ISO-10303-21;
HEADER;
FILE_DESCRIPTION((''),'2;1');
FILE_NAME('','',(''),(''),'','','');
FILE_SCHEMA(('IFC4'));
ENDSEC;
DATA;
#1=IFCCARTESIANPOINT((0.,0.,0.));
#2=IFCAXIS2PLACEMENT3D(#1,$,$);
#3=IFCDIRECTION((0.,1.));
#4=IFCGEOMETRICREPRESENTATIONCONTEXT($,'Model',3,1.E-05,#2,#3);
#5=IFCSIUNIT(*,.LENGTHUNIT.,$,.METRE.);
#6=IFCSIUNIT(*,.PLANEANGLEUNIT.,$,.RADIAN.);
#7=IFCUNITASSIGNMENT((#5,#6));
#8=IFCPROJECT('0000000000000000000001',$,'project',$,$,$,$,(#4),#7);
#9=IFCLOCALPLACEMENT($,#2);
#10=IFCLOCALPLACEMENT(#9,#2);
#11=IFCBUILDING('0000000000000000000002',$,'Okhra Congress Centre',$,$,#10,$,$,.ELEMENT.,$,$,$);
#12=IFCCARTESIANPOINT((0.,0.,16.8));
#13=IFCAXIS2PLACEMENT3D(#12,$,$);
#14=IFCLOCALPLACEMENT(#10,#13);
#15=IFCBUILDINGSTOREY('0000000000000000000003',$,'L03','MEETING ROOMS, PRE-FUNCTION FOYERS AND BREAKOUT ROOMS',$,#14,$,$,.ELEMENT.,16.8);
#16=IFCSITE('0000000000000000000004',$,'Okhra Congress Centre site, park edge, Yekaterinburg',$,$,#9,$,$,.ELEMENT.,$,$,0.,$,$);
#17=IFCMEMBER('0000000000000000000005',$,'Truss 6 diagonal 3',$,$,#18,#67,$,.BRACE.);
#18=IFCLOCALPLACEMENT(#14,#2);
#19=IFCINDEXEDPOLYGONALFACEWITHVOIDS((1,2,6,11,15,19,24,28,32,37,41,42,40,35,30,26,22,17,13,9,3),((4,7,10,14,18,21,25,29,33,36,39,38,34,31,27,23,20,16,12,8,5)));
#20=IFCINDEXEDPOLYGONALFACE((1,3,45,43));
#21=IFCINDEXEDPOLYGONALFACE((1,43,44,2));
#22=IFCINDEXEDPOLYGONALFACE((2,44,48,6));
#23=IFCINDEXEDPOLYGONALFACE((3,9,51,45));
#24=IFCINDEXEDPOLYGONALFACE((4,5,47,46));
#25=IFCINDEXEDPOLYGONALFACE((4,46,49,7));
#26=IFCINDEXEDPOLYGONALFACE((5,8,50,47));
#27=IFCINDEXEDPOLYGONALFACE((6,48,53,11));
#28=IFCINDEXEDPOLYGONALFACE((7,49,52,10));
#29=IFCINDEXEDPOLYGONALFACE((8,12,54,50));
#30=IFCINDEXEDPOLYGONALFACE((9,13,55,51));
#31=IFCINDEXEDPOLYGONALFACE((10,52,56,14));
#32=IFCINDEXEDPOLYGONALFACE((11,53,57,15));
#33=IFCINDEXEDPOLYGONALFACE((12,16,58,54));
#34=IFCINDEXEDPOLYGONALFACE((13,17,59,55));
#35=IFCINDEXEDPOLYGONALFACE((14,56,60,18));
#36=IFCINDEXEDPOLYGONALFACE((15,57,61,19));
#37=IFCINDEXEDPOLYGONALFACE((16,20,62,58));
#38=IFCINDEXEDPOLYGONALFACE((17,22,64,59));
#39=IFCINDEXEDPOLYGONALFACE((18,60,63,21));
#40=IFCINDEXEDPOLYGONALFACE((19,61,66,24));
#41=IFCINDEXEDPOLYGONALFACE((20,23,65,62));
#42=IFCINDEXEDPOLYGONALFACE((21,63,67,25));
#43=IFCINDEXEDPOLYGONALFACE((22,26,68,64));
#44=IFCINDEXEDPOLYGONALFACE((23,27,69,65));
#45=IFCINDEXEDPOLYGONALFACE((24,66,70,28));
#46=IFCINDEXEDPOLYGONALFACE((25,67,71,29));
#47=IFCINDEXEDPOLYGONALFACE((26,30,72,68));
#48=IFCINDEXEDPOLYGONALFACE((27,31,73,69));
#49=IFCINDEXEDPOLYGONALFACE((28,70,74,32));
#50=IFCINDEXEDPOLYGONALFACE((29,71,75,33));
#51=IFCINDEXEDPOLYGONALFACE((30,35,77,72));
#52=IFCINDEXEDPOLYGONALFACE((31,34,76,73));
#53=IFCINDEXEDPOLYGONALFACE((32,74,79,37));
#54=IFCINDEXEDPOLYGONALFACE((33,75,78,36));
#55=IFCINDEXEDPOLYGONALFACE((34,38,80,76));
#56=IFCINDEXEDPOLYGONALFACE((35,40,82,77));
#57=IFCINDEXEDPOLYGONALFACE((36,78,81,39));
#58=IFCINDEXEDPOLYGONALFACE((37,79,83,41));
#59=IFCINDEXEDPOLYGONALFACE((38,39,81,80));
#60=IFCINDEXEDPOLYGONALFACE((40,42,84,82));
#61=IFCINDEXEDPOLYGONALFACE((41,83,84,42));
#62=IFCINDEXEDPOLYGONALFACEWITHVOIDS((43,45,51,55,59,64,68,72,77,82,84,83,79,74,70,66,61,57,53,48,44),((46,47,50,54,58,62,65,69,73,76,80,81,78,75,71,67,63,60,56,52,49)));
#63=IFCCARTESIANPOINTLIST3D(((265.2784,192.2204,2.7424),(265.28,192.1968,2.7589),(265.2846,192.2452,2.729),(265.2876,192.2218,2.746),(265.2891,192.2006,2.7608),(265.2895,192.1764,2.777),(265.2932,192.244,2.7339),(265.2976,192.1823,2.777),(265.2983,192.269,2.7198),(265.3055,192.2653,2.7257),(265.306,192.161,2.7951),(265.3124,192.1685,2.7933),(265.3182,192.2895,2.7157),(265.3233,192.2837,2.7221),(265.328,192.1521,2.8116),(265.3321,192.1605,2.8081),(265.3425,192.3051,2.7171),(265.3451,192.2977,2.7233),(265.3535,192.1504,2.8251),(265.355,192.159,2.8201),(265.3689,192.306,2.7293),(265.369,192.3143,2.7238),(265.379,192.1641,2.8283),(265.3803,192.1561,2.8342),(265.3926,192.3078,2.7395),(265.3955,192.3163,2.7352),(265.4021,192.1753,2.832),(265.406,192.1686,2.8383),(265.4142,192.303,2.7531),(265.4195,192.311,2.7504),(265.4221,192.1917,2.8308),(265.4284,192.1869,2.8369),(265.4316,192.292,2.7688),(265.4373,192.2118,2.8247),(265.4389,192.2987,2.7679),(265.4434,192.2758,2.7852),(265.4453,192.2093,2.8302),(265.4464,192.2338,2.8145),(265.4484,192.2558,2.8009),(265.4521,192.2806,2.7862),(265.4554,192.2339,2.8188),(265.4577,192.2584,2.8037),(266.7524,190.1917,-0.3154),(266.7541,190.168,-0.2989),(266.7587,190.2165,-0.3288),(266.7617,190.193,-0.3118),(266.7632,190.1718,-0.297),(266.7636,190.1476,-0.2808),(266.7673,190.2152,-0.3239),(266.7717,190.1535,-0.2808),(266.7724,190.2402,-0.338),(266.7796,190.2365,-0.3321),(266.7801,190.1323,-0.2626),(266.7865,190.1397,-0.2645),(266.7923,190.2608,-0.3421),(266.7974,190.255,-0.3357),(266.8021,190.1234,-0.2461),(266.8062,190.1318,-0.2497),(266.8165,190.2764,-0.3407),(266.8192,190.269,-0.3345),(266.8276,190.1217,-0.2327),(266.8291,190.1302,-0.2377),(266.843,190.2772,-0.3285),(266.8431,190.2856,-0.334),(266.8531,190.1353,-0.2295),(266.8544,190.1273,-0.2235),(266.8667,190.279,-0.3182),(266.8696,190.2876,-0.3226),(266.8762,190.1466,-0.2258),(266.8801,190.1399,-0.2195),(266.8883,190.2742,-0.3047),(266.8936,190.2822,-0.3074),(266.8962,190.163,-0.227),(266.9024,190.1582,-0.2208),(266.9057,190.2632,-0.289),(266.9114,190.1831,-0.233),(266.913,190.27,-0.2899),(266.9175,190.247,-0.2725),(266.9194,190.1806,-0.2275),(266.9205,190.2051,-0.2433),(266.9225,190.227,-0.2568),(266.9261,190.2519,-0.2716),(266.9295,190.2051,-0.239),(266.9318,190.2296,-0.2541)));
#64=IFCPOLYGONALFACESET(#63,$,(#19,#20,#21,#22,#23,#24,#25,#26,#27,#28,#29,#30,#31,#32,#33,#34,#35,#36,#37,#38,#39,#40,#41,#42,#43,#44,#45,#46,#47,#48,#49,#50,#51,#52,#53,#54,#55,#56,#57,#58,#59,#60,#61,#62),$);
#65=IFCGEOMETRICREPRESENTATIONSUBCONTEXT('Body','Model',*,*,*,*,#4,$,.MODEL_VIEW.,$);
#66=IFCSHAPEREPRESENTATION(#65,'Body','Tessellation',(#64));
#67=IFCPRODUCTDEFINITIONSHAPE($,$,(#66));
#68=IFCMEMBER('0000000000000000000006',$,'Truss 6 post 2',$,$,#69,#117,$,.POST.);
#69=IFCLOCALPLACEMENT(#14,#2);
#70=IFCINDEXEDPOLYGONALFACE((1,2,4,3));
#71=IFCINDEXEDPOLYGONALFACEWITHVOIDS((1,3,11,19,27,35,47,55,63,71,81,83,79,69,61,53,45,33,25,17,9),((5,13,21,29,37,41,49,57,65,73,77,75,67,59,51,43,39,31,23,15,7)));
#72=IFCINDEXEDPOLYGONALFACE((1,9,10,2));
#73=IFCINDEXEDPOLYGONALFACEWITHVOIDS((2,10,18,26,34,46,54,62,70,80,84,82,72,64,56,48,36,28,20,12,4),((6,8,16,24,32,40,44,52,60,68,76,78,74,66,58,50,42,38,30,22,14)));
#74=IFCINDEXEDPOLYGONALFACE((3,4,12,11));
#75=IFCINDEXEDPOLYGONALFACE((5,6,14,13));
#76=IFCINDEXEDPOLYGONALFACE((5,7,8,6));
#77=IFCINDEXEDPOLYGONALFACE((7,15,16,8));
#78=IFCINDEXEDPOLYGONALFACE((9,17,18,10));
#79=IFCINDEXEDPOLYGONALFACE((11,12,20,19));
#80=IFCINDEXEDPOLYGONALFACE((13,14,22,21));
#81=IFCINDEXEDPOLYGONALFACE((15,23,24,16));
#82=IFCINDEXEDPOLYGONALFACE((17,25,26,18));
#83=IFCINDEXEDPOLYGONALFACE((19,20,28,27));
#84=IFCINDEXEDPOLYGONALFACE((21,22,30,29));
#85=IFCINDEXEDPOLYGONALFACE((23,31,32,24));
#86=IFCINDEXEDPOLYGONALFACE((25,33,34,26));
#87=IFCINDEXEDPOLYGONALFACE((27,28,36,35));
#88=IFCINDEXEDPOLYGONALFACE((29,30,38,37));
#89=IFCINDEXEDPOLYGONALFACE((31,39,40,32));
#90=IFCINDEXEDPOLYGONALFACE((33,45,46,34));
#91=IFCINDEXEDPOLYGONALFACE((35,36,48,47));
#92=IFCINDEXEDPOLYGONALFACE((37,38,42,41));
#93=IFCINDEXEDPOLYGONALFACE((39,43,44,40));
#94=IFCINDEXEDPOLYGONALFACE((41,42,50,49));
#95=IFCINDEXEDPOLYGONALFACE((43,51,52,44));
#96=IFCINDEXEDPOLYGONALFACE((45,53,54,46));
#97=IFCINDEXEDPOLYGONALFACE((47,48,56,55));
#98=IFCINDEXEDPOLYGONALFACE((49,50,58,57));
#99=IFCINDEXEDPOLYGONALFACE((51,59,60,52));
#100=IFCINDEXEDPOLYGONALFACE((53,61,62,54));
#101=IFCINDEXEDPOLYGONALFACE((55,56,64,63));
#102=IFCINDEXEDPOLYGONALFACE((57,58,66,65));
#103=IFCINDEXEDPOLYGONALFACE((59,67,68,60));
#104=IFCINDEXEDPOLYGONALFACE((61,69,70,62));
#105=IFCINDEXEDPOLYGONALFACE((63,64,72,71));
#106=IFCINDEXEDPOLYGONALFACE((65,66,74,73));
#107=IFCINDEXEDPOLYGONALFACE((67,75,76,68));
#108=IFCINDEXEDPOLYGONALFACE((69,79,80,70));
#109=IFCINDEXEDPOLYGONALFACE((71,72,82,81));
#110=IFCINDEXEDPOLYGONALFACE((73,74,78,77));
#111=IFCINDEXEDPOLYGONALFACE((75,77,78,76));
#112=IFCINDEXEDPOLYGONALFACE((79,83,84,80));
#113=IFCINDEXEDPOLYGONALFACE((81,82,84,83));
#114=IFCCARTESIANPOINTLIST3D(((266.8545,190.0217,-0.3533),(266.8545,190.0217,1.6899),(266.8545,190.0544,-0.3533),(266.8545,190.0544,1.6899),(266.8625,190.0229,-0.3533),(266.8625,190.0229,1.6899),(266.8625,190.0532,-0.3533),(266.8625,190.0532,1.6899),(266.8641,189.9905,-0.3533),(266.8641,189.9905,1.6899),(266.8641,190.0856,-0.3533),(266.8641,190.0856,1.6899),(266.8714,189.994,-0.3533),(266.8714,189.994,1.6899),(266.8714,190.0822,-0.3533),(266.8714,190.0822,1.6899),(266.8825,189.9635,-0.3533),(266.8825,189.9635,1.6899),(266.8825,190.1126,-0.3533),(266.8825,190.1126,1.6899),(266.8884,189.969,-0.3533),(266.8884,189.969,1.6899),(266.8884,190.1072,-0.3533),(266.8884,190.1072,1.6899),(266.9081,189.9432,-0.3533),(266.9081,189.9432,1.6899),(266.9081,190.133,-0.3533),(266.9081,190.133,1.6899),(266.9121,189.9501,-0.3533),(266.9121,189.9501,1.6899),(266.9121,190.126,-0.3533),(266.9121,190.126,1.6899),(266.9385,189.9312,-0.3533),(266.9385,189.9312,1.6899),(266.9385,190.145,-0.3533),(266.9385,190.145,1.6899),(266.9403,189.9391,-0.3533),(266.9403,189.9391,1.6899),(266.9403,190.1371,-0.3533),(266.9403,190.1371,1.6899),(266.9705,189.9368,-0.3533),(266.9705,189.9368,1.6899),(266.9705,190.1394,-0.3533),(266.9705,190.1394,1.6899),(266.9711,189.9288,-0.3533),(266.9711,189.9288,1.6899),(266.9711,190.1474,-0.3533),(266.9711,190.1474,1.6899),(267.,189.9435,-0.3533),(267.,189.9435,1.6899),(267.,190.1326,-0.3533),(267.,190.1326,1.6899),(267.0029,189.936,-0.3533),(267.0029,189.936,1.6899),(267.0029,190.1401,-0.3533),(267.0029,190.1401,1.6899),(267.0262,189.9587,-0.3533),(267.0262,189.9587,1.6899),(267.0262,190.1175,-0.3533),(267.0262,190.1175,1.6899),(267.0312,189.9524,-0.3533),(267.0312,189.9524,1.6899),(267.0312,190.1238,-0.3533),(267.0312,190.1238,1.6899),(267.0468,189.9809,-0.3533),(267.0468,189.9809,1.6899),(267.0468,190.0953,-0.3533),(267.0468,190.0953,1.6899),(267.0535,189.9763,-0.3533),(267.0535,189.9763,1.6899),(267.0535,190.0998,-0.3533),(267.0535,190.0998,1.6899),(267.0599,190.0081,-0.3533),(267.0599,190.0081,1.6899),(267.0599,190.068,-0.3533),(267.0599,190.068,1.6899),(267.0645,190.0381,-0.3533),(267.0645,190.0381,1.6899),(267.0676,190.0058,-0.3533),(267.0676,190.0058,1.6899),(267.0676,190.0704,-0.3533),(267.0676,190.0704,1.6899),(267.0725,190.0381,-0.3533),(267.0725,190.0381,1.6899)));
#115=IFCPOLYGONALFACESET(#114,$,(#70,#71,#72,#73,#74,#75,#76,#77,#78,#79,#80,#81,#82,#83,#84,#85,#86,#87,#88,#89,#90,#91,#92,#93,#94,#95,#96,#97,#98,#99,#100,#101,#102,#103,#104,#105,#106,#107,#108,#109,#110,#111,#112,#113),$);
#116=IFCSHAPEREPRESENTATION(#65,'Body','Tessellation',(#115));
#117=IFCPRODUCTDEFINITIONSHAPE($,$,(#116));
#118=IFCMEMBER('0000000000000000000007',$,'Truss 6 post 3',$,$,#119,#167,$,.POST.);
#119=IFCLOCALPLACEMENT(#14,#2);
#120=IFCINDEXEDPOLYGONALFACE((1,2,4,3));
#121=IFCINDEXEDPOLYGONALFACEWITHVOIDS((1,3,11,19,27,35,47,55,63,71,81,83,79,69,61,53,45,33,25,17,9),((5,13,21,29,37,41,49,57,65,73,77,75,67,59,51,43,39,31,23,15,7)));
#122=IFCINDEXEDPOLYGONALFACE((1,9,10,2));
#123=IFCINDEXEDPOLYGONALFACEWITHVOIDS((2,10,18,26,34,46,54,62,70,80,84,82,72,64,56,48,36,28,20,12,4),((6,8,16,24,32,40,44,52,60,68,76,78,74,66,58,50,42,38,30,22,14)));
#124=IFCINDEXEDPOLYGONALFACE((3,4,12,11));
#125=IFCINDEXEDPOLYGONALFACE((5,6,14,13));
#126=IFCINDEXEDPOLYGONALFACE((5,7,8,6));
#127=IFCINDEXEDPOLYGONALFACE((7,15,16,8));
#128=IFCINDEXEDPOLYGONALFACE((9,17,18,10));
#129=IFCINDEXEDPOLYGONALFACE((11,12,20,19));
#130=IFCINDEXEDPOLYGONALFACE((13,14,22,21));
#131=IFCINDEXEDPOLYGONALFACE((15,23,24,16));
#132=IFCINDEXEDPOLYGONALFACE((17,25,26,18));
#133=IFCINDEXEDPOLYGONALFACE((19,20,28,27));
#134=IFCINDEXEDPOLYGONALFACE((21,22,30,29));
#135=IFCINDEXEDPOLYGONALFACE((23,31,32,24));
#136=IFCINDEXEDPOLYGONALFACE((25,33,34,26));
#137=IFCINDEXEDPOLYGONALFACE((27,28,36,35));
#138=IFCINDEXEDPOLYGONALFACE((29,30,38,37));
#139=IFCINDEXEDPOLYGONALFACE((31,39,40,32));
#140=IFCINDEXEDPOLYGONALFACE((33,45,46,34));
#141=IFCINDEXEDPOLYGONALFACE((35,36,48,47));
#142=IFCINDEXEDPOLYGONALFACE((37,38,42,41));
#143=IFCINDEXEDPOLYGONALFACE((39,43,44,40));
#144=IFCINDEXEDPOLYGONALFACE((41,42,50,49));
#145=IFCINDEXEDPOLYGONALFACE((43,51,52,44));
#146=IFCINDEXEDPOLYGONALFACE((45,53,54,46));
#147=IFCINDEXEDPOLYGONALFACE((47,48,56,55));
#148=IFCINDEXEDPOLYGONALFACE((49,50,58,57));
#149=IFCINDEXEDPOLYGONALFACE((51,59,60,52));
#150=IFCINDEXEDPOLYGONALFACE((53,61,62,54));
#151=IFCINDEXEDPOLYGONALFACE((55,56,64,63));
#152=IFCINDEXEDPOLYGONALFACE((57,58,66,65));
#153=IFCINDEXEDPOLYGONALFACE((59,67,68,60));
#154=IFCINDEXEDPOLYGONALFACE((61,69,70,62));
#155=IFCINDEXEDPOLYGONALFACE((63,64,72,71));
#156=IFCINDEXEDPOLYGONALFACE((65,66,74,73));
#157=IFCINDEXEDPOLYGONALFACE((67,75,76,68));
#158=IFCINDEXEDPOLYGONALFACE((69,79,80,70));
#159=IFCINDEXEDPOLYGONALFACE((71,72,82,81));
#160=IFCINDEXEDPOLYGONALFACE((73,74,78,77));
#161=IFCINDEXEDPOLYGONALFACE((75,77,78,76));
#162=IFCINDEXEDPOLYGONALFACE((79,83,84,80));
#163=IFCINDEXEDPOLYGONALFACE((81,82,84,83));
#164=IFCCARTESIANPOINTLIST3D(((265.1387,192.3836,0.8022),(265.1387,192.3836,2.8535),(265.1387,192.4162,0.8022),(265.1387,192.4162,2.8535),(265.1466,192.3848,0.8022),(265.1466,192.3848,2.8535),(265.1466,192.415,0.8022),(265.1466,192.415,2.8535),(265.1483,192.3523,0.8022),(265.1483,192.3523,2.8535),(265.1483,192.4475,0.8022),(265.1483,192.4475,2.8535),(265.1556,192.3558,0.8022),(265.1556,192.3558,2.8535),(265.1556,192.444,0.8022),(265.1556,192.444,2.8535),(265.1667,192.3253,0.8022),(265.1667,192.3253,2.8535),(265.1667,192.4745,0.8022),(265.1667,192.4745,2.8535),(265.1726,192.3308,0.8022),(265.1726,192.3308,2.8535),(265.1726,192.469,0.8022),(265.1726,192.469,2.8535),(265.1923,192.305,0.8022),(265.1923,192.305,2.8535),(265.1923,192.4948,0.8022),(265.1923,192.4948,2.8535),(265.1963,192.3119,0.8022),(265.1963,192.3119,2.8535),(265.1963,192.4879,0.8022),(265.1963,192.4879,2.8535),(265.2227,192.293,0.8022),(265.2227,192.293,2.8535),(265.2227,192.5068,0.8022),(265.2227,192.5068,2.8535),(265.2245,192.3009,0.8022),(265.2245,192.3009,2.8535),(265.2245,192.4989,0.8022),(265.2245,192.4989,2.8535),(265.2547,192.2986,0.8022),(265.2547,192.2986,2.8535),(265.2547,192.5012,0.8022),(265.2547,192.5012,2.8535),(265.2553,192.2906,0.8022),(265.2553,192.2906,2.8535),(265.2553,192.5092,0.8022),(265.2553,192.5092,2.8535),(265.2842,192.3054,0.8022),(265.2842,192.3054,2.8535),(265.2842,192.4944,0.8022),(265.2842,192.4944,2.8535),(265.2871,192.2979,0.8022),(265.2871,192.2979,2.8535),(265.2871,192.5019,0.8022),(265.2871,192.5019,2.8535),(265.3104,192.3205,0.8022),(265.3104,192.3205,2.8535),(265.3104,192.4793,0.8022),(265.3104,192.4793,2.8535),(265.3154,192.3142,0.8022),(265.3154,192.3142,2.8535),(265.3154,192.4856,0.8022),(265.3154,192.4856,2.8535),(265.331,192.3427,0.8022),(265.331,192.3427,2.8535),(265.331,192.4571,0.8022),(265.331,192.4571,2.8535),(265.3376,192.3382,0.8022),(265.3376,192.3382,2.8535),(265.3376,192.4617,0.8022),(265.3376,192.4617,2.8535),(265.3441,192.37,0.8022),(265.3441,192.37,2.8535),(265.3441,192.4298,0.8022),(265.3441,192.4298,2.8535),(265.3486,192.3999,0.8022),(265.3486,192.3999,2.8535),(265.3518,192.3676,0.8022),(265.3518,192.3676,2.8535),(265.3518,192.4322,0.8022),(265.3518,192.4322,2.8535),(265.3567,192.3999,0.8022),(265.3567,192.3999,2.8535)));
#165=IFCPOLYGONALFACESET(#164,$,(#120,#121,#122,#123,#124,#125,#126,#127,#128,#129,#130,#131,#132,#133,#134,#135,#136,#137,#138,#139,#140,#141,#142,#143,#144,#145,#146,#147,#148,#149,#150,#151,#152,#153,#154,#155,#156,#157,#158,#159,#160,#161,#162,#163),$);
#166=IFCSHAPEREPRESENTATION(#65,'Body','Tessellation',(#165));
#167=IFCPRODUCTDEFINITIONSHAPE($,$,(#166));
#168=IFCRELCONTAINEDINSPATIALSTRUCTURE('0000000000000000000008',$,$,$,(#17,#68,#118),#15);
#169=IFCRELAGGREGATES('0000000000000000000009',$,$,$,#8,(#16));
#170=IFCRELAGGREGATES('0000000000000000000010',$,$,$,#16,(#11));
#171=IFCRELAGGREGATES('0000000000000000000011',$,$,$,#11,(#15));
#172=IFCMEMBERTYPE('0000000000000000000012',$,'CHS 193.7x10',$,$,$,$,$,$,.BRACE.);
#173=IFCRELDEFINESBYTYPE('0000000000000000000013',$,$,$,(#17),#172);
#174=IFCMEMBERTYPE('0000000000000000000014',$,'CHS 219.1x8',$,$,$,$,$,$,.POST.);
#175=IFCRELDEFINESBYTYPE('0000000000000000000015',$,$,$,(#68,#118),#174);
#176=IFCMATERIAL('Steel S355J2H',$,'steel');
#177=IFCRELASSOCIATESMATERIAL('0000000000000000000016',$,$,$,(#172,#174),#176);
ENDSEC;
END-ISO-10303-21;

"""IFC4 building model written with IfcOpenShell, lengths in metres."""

from ifc_helpers import new_model, si_unit, direction, frame, origin, origin_2d, place, context, subcontext, project, spatial, hollow_circle, extrude, material, material_profile, profile_set, type_object, element, save


model = new_model("IFC4")

# Units and contexts
model_context = context("Model", 3, precision=1e-05, world=origin(), true_north=direction((0.0, 1.0)))
body_context = subcontext(model_context, "Body", "Model", "MODEL_VIEW")
ifc_project = project(units=[si_unit("LENGTHUNIT", "METRE"), si_unit("PLANEANGLEUNIT", "RADIAN")], contexts=[model_context])

# Site, building, storey
site_placement = place(None, origin())
site = spatial("IfcSite", under=ifc_project, at=site_placement, Name="Okhra Congress Centre site, park edge, Yekaterinburg", CompositionType="ELEMENT", RefElevation=0.0)
building_placement = place(site_placement, origin())
building = spatial("IfcBuilding", under=site, at=building_placement, Name="Okhra Congress Centre", CompositionType="ELEMENT")
storey_placement = place(building_placement, frame((0.0, 0.0, 16.8)))
storey = spatial("IfcBuildingStorey", under=building, at=storey_placement, Name="L03", Description="MEETING ROOMS, PRE-FUNCTION FOYERS AND BREAKOUT ROOMS", CompositionType="ELEMENT", Elevation=16.8)

# Members
ifc_material_1 = material(Name="Steel S355J2H", Category="steel")
ifc_material_profile_1 = material_profile(ifc_material_1, hollow_circle(Radius=0.0969, WallThickness=0.01, at=origin_2d()), Name="CHS 193.7x10")
ifc_profile_set_1 = profile_set([ifc_material_profile_1], Name="Steel S355J2H")
member_type_1 = type_object("IfcMemberType", Name="CHS 193.7x10", PredefinedType="BRACE", material=ifc_profile_set_1)
member_1_placement = place(storey_placement, frame((266.842, 190.2046, -0.2808), z_axis=(-0.372752, 0.513013, 0.773223), x_axis=(-0.808997, -0.587813, 0.0)))
element("IfcMember", 1, at=member_1_placement, inside=storey, type_object=member_type_1, Name="Truss 6 diagonal 3", PredefinedType="BRACE", context=body_context, shape_type="SweptSolid", body=[
    extrude(hollow_circle(Radius=0.0969, WallThickness=0.01, at=origin_2d()), origin(), (0.0, 0.0, 1.0), 3.9546),
])
ifc_material_profile_2 = material_profile(ifc_material_1, hollow_circle(Radius=0.1096, WallThickness=0.0081, at=origin_2d()), Name="CHS 219.1x8")
ifc_profile_set_2 = profile_set([ifc_material_profile_2], Name="Steel S355J2H")
member_type_2 = type_object("IfcMemberType", Name="CHS 219.1x8", PredefinedType="POST", material=ifc_profile_set_2)
member_2_placement = place(storey_placement, frame((266.9629, 190.0381, -0.3533), z_axis=(0.0, 0.0, 1.0), x_axis=(1.0, 0.0, 0.0)))
element("IfcMember", 2, at=member_2_placement, inside=storey, type_object=member_type_2, Name="Truss 6 post 2", PredefinedType="POST", context=body_context, shape_type="SweptSolid", body=[
    extrude(hollow_circle(Radius=0.1096, WallThickness=0.0081, at=origin_2d()), origin(), (0.0, 0.0, 1.0), 2.0432),
])
member_3_placement = place(storey_placement, frame((265.2471, 192.3999, 0.8022), z_axis=(0.0, 0.0, 1.0), x_axis=(1.0, 0.0, 0.0)))
element("IfcMember", 3, at=member_3_placement, inside=storey, type_object=member_type_2, Name="Truss 6 post 3", PredefinedType="POST", context=body_context, shape_type="SweptSolid", body=[
    extrude(hollow_circle(Radius=0.1096, WallThickness=0.0081, at=origin_2d()), origin(), (0.0, 0.0, 1.0), 2.0513),
])

save(model, "model.ifc")
